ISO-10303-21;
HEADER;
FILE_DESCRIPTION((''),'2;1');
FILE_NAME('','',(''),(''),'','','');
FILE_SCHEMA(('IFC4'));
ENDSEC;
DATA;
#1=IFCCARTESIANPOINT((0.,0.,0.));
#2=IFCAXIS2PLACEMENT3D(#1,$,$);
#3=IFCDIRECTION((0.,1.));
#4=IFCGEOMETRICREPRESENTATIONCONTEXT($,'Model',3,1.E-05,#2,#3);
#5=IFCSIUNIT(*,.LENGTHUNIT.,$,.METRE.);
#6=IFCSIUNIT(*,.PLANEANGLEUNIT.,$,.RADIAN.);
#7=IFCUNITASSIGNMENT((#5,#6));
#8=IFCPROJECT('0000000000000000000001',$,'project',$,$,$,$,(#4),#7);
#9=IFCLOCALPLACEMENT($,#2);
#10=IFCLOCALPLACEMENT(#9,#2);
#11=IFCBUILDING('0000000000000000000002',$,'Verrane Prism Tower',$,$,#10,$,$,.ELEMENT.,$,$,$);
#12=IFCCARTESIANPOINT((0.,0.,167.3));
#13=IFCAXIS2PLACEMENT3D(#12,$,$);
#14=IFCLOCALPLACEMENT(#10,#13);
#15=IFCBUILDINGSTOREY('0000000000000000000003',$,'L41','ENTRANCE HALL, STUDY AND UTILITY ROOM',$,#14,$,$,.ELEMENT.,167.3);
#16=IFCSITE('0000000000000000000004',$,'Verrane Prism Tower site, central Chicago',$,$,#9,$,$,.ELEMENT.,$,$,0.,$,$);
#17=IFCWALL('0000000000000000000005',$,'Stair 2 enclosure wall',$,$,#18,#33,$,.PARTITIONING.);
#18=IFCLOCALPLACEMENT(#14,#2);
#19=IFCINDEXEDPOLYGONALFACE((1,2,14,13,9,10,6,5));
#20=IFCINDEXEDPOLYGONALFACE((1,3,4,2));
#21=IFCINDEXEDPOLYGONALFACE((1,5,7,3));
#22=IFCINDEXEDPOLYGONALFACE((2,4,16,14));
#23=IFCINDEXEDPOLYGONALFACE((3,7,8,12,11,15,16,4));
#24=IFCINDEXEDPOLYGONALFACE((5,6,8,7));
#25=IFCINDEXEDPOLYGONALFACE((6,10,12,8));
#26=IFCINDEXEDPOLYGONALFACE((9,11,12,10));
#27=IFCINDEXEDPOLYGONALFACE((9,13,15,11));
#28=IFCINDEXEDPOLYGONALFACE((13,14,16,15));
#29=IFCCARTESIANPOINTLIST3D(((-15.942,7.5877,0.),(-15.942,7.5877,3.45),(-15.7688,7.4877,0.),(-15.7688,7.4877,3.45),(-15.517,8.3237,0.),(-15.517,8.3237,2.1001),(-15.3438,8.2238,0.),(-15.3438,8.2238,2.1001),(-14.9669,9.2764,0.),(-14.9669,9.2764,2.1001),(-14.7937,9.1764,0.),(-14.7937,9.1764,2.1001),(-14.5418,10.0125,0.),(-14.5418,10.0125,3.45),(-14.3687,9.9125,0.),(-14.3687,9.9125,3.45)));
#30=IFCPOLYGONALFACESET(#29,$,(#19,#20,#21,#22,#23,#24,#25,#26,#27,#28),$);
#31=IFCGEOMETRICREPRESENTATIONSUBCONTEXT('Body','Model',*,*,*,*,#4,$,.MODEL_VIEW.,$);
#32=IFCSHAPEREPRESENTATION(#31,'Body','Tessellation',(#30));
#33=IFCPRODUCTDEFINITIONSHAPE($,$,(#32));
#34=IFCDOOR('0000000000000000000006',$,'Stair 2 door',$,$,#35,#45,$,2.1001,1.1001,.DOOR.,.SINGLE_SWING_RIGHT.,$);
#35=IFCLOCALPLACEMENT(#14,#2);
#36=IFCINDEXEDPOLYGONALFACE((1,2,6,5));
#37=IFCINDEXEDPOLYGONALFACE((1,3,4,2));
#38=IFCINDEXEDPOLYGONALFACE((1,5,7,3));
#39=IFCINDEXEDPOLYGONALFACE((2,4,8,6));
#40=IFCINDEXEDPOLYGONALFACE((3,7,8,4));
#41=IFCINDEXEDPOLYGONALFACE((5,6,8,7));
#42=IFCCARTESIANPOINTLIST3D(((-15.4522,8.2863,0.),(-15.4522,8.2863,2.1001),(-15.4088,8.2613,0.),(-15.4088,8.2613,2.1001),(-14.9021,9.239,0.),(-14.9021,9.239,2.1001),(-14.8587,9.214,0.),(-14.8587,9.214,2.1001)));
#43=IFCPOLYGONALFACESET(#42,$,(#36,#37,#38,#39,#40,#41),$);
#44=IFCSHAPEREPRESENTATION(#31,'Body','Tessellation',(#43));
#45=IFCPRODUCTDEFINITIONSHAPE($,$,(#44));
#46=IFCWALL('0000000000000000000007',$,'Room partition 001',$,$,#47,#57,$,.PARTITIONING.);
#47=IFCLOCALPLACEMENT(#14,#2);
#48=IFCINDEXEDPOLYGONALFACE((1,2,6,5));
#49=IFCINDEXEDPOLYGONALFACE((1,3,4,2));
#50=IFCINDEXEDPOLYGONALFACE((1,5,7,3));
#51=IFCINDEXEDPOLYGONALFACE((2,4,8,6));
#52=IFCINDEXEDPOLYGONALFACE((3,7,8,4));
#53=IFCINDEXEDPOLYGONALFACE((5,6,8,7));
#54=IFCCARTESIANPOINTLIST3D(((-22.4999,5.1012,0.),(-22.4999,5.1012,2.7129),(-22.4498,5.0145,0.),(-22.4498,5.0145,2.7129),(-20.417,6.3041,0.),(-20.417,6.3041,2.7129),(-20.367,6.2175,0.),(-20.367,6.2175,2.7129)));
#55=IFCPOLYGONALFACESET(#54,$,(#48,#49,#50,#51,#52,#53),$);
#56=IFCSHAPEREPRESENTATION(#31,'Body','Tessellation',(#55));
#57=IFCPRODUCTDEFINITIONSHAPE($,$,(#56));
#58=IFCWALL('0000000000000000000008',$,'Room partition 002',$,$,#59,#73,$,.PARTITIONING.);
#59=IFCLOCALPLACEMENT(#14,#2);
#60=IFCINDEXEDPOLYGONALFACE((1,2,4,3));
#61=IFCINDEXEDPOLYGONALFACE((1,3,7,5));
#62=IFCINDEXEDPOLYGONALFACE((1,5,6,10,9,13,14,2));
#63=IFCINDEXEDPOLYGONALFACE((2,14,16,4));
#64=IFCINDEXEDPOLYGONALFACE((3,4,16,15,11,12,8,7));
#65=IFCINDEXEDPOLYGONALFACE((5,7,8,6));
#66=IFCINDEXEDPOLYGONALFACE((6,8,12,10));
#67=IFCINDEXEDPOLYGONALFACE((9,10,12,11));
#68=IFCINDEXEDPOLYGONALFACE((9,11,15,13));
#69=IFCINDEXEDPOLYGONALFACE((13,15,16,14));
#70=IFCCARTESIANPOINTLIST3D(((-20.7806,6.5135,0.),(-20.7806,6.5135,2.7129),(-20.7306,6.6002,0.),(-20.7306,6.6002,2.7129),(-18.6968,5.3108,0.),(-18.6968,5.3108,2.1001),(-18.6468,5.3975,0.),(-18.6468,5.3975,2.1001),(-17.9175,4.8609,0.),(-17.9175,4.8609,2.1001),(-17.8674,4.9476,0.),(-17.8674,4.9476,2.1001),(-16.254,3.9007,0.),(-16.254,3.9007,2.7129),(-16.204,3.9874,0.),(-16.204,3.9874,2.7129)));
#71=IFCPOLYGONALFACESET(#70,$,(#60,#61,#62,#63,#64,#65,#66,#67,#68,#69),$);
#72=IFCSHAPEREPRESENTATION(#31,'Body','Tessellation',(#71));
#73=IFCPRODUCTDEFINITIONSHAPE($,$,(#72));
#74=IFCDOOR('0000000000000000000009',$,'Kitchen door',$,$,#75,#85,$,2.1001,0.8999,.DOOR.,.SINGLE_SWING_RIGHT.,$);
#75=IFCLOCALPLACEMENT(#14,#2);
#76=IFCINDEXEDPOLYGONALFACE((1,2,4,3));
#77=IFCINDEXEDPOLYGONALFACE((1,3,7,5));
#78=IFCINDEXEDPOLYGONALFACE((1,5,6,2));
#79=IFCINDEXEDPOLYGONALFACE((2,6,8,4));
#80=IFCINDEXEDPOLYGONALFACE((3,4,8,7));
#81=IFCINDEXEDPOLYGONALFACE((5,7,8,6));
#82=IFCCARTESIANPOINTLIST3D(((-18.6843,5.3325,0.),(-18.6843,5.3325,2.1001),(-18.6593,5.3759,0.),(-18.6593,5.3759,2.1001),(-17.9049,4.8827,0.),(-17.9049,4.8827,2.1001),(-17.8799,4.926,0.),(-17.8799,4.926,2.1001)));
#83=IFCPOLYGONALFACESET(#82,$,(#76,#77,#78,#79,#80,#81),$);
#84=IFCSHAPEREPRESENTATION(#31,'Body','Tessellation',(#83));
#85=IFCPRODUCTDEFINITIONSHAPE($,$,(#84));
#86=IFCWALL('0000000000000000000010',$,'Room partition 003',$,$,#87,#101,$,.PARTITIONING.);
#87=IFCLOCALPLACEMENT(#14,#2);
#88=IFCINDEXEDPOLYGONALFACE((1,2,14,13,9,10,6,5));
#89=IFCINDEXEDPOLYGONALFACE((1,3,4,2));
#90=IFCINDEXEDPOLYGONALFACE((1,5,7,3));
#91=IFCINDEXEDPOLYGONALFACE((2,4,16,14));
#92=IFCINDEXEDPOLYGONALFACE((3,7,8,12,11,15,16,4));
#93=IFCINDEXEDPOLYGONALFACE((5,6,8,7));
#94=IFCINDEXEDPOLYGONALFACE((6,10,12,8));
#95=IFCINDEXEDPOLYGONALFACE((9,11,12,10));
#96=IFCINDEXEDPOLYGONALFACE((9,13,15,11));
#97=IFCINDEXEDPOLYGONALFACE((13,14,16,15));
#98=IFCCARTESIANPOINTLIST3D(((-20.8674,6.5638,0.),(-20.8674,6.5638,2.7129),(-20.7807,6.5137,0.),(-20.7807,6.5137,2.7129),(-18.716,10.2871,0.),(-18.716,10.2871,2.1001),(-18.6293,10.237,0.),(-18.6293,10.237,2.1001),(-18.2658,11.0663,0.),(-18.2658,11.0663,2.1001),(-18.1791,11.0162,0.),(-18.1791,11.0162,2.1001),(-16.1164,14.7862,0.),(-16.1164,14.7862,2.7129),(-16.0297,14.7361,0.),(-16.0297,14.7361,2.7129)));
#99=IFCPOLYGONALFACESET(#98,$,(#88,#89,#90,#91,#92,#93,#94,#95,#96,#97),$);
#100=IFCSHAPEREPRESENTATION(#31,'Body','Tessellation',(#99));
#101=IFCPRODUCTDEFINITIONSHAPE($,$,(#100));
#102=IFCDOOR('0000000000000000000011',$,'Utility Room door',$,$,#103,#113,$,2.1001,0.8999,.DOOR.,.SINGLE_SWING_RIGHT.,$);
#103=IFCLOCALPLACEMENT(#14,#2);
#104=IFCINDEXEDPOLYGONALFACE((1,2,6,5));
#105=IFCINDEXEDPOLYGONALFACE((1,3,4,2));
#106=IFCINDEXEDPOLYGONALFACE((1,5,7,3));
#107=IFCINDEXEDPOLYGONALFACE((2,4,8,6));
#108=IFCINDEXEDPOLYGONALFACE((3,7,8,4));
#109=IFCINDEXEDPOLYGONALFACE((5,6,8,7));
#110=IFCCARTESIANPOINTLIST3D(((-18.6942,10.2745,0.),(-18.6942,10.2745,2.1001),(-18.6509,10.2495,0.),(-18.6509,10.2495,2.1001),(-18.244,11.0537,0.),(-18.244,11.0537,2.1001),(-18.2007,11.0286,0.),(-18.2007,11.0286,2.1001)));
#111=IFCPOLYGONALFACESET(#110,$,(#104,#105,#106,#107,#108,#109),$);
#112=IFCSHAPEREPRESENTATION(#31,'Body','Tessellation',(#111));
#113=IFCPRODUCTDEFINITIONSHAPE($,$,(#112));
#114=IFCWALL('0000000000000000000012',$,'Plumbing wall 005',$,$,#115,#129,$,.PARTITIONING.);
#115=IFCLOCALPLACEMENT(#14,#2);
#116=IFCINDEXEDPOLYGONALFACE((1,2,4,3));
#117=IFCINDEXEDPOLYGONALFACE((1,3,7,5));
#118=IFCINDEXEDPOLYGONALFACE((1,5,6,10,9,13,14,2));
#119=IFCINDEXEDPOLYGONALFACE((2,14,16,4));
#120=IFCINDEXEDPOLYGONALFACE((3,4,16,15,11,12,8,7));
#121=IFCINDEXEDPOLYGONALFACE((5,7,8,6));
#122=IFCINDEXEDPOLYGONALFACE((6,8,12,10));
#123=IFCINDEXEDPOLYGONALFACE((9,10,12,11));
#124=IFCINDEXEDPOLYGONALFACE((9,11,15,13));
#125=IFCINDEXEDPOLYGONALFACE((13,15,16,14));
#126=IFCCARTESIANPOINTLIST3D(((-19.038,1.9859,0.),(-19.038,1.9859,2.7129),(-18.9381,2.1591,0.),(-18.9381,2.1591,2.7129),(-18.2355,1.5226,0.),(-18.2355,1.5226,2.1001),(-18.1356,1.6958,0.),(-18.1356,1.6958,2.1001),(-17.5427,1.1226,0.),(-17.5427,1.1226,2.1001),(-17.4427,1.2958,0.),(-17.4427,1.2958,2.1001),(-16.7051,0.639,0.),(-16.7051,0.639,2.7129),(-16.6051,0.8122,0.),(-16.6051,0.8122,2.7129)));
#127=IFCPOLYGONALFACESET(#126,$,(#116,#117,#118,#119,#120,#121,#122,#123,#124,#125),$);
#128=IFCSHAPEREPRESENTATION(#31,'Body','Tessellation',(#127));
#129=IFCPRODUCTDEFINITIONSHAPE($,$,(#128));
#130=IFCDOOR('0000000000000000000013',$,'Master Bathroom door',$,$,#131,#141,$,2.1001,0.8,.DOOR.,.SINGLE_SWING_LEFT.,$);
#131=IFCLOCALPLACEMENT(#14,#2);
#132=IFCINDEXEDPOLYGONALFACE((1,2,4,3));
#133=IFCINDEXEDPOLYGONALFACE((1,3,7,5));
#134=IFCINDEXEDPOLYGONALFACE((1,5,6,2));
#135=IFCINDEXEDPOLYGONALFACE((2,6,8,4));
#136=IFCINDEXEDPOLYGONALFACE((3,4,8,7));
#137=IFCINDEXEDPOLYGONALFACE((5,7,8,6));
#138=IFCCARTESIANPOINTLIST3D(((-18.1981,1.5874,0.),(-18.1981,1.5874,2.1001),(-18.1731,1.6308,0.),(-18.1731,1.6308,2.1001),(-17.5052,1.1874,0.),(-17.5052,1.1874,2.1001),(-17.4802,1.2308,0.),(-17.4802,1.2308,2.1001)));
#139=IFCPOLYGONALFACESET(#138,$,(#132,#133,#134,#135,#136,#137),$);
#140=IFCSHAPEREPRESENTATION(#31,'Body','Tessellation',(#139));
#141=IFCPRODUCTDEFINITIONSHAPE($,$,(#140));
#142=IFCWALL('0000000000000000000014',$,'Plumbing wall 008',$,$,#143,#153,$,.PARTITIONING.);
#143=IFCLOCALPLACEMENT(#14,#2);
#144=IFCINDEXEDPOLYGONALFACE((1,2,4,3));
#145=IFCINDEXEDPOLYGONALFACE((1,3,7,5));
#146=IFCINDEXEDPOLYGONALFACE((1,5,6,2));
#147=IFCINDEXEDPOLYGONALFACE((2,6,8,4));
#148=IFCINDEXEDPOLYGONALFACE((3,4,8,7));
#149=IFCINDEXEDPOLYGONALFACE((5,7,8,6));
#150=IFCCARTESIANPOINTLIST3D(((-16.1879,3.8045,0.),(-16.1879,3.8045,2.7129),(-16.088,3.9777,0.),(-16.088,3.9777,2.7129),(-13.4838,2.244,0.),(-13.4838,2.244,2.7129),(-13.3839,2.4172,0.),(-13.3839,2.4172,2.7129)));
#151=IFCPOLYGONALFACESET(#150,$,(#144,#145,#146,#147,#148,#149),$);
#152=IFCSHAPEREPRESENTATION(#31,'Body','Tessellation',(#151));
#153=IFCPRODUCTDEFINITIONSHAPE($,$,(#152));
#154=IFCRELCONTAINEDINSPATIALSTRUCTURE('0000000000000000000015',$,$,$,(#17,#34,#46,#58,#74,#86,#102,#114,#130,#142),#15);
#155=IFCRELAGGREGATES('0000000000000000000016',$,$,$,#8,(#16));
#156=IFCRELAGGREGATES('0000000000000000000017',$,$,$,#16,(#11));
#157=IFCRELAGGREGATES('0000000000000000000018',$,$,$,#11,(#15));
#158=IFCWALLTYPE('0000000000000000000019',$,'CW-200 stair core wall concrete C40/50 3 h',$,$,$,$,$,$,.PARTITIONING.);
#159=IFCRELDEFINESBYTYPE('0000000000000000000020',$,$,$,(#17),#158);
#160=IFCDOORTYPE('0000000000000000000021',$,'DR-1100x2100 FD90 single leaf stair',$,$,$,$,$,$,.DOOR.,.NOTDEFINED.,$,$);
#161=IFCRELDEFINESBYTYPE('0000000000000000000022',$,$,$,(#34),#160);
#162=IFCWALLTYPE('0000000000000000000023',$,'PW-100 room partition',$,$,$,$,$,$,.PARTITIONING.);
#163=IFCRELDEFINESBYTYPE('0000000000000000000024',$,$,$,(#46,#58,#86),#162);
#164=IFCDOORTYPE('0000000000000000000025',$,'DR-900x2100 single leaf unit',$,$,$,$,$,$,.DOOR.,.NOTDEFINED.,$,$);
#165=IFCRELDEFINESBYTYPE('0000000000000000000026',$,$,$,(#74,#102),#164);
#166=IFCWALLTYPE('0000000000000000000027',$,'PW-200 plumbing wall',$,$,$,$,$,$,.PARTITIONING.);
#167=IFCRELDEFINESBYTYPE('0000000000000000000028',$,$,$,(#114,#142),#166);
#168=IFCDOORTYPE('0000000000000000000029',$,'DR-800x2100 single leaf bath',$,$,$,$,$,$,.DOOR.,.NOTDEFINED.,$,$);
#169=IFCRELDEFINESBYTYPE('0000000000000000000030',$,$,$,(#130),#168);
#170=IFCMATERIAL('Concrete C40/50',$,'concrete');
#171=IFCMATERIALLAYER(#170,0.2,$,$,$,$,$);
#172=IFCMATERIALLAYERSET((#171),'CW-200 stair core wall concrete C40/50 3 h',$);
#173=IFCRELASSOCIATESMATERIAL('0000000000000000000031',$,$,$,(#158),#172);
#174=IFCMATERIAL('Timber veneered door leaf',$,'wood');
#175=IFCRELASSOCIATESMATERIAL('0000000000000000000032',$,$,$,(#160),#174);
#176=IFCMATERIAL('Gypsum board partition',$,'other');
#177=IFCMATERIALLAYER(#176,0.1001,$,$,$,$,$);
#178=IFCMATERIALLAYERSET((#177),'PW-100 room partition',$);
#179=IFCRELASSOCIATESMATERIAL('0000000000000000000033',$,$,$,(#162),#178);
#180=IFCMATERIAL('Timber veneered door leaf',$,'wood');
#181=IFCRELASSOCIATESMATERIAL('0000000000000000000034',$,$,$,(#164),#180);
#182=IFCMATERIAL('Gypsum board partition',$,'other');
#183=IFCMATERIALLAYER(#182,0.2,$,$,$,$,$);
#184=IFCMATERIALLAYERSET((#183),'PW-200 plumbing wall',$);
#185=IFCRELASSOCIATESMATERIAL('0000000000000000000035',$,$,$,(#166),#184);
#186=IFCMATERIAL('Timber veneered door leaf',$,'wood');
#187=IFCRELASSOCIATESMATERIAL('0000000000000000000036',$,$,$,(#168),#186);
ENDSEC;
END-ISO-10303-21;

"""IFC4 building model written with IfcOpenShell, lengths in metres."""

from ifc_helpers import new_model, si_unit, direction, frame, frame_2d, origin, place, context, subcontext, project, spatial, rectangle, extrude, material, layer, layer_set, type_object, element, fill, save


model = new_model("IFC4")

# Units and contexts
model_context = context("Model", 3, precision=1e-05, world=origin(), true_north=direction((0.0, 1.0)))
body_context = subcontext(model_context, "Body", "Model", "MODEL_VIEW")
ifc_project = project(units=[si_unit("LENGTHUNIT", "METRE"), si_unit("PLANEANGLEUNIT", "RADIAN")], contexts=[model_context])

# Site, building, storey
site_placement = place(None, origin())
site = spatial("IfcSite", under=ifc_project, at=site_placement, Name="Verrane Prism Tower site, central Chicago", CompositionType="ELEMENT", RefElevation=0.0)
building_placement = place(site_placement, origin())
building = spatial("IfcBuilding", under=site, at=building_placement, Name="Verrane Prism Tower", CompositionType="ELEMENT")
storey_placement = place(building_placement, frame((0.0, 0.0, 167.3)))
storey = spatial("IfcBuildingStorey", under=building, at=storey_placement, Name="L41", Description="ENTRANCE HALL, STUDY AND UTILITY ROOM", CompositionType="ELEMENT", Elevation=167.3)

# Wall, opening, door
ifc_material_1 = material(Name="Concrete C40/50", Category="concrete")
ifc_layer_1 = layer(ifc_material_1, 0.2)
ifc_layer_set_1 = layer_set([ifc_layer_1], Name="CW-200 stair core wall concrete C40/50 3 h")
wall_type_1 = type_object("IfcWallType", Name="CW-200 stair core wall concrete C40/50 3 h", PredefinedType="PARTITIONING", material=ifc_layer_set_1)
wall_1_placement = place(storey_placement, frame((-14.4553, 9.9624, 0.0), z_axis=(0.0, 0.0, 1.0), x_axis=(-0.50005, -0.865997, 0.0)))
wall_1 = element("IfcWall", 1, at=wall_1_placement, inside=storey, type_object=wall_type_1, Name="Stair 2 enclosure wall", PredefinedType="PARTITIONING", context=body_context, shape_type="SweptSolid", body=[
    extrude(rectangle(XDim=2.8, YDim=0.2, at=frame_2d((1.3999, 0.0))), origin(), (0.0, 0.0, 1.0), 3.45),
])
opening_1_placement = place(wall_1_placement, frame((0.8499, 0.0, 0.0)))
opening_1 = element("IfcOpeningElement", 2, at=opening_1_placement, cuts=wall_1, PredefinedType="OPENING", context=body_context, shape_type="SweptSolid", body=[
    extrude(rectangle(XDim=1.1001, YDim=2.1001, at=frame_2d((0.55, 1.05))), frame((0.0, 0.1099, 0.0), z_axis=(0.0, -1.0, 0.0), x_axis=(1.0, 0.0, 0.0)), (0.0, 0.0, 1.0), 0.22),
])
ifc_material_2 = material(Name="Timber veneered door leaf", Category="wood")
door_type_1 = type_object("IfcDoorType", Name="DR-1100x2100 FD90 single leaf stair", OperationType="NOTDEFINED", PredefinedType="DOOR", material=ifc_material_2)
door_1_placement = place(opening_1_placement, origin())
door_1 = element("IfcDoor", 3, at=door_1_placement, inside=storey, type_object=door_type_1, Name="Stair 2 door", OperationType="SINGLE_SWING_RIGHT", OverallHeight=2.1001, OverallWidth=1.1001, PredefinedType="DOOR", context=body_context, shape_type="SweptSolid", body=[
    extrude(rectangle(XDim=1.1001, YDim=2.1001, at=frame_2d((0.55, 1.05))), frame((0.0, 0.0249, 0.0), z_axis=(0.0, -1.0, 0.0), x_axis=(1.0, 0.0, 0.0)), (0.0, 0.0, 1.0), 0.05),
])
fill(opening_1, door_1)

# Wall
ifc_material_3 = material(Name="Gypsum board partition", Category="other")
ifc_layer_2 = layer(ifc_material_3, 0.1001)
ifc_layer_set_2 = layer_set([ifc_layer_2], Name="PW-100 room partition")
wall_type_2 = type_object("IfcWallType", Name="PW-100 room partition", PredefinedType="PARTITIONING", material=ifc_layer_set_2)
wall_2_placement = place(storey_placement, frame((-22.4749, 5.0579, 0.0), z_axis=(0.0, 0.0, 1.0), x_axis=(0.865954, 0.500124, 0.0)))
element("IfcWall", 4, at=wall_2_placement, inside=storey, type_object=wall_type_2, Name="Room partition 001", PredefinedType="PARTITIONING", context=body_context, shape_type="SweptSolid", body=[
    extrude(rectangle(XDim=2.4053, YDim=0.1001, at=frame_2d((1.2026, 0.0))), origin(), (0.0, 0.0, 1.0), 2.7129),
])

# Walls, openings, doors
wall_3_placement = place(storey_placement, frame((-16.229, 3.9441, 0.0), z_axis=(0.0, 0.0, 1.0), x_axis=(-0.866079, 0.499907, 0.0)))
wall_3 = element("IfcWall", 5, at=wall_3_placement, inside=storey, type_object=wall_type_2, Name="Room partition 002", PredefinedType="PARTITIONING", context=body_context, shape_type="SweptSolid", body=[
    extrude(rectangle(XDim=5.2266, YDim=0.1001, at=frame_2d((2.6133, 0.0))), origin(), (0.0, 0.0, 1.0), 2.7129),
])
opening_2_placement = place(wall_3_placement, frame((1.9207, 0.0, 0.0)))
opening_2 = element("IfcOpeningElement", 6, at=opening_2_placement, cuts=wall_3, PredefinedType="OPENING", context=body_context, shape_type="SweptSolid", body=[
    extrude(rectangle(XDim=0.8999, YDim=2.1001, at=frame_2d((0.45, 1.05))), frame((0.0, 0.0601, 0.0), z_axis=(0.0, -1.0, 0.0), x_axis=(1.0, 0.0, 0.0)), (0.0, 0.0, 1.0), 0.1201),
])
ifc_material_4 = material(Name="Timber veneered door leaf", Category="wood")
door_type_2 = type_object("IfcDoorType", Name="DR-900x2100 single leaf unit", OperationType="NOTDEFINED", PredefinedType="DOOR", material=ifc_material_4)
door_2_placement = place(opening_2_placement, origin())
door_2 = element("IfcDoor", 7, at=door_2_placement, inside=storey, type_object=door_type_2, Name="Kitchen door", OperationType="SINGLE_SWING_RIGHT", OverallHeight=2.1001, OverallWidth=0.8999, PredefinedType="DOOR", context=body_context, shape_type="SweptSolid", body=[
    extrude(rectangle(XDim=0.8999, YDim=2.1001, at=frame_2d((0.45, 1.05))), frame((0.0, 0.0249, 0.0), z_axis=(0.0, -1.0, 0.0), x_axis=(1.0, 0.0, 0.0)), (0.0, 0.0, 1.0), 0.05),
])
fill(opening_2, door_2)
wall_4_placement = place(storey_placement, frame((-20.824, 6.5388, 0.0), z_axis=(0.0, 0.0, 1.0), x_axis=(0.500297, 0.865854, 0.0)))
wall_4 = element("IfcWall", 8, at=wall_4_placement, inside=storey, type_object=wall_type_2, Name="Room partition 003", PredefinedType="PARTITIONING", context=body_context, shape_type="SweptSolid", body=[
    extrude(rectangle(XDim=9.4963, YDim=0.1001, at=frame_2d((4.748, 0.0))), origin(), (0.0, 0.0, 1.0), 2.7129),
])
opening_3_placement = place(wall_4_placement, frame((4.3, 0.0, 0.0)))
opening_3 = element("IfcOpeningElement", 9, at=opening_3_placement, cuts=wall_4, PredefinedType="OPENING", context=body_context, shape_type="SweptSolid", body=[
    extrude(rectangle(XDim=0.8999, YDim=2.1001, at=frame_2d((0.45, 1.05))), frame((0.0, 0.0601, 0.0), z_axis=(0.0, -1.0, 0.0), x_axis=(1.0, 0.0, 0.0)), (0.0, 0.0, 1.0), 0.1201),
])
door_3_placement = place(opening_3_placement, origin())
door_3 = element("IfcDoor", 10, at=door_3_placement, inside=storey, type_object=door_type_2, Name="Utility Room door", OperationType="SINGLE_SWING_RIGHT", OverallHeight=2.1001, OverallWidth=0.8999, PredefinedType="DOOR", context=body_context, shape_type="SweptSolid", body=[
    extrude(rectangle(XDim=0.8999, YDim=2.1001, at=frame_2d((0.45, 1.05))), frame((0.0, 0.0249, 0.0), z_axis=(0.0, -1.0, 0.0), x_axis=(1.0, 0.0, 0.0)), (0.0, 0.0, 1.0), 0.05),
])
fill(opening_3, door_3)
ifc_material_5 = material(Name="Gypsum board partition", Category="other")
ifc_layer_3 = layer(ifc_material_5, 0.2)
ifc_layer_set_3 = layer_set([ifc_layer_3], Name="PW-200 plumbing wall")
wall_type_3 = type_object("IfcWallType", Name="PW-200 plumbing wall", PredefinedType="PARTITIONING", material=ifc_layer_set_3)
wall_5_placement = place(storey_placement, frame((-18.988, 2.0725, 0.0), z_axis=(0.0, 0.0, 1.0), x_axis=(0.866032, -0.499989, 0.0)))
wall_5 = element("IfcWall", 11, at=wall_5_placement, inside=storey, type_object=wall_type_3, Name="Plumbing wall 005", PredefinedType="PARTITIONING", context=body_context, shape_type="SweptSolid", body=[
    extrude(rectangle(XDim=2.6938, YDim=0.2, at=frame_2d((1.3469, 0.0))), origin(), (0.0, 0.0, 1.0), 2.7129),
])
opening_4_placement = place(wall_5_placement, frame((0.9268, 0.0, 0.0)))
opening_4 = element("IfcOpeningElement", 12, at=opening_4_placement, cuts=wall_5, PredefinedType="OPENING", context=body_context, shape_type="SweptSolid", body=[
    extrude(rectangle(XDim=0.8, YDim=2.1001, at=frame_2d((0.3999, 1.05))), frame((0.0, 0.1099, 0.0), z_axis=(0.0, -1.0, 0.0), x_axis=(1.0, 0.0, 0.0)), (0.0, 0.0, 1.0), 0.22),
])
ifc_material_6 = material(Name="Timber veneered door leaf", Category="wood")
door_type_3 = type_object("IfcDoorType", Name="DR-800x2100 single leaf bath", OperationType="NOTDEFINED", PredefinedType="DOOR", material=ifc_material_6)
door_4_placement = place(opening_4_placement, origin())
door_4 = element("IfcDoor", 13, at=door_4_placement, inside=storey, type_object=door_type_3, Name="Master Bathroom door", OperationType="SINGLE_SWING_LEFT", OverallHeight=2.1001, OverallWidth=0.8, PredefinedType="DOOR", context=body_context, shape_type="SweptSolid", body=[
    extrude(rectangle(XDim=0.8, YDim=2.1001, at=frame_2d((0.3999, 1.05))), frame((0.0, 0.0249, 0.0), z_axis=(0.0, -1.0, 0.0), x_axis=(1.0, 0.0, 0.0)), (0.0, 0.0, 1.0), 0.05),
])
fill(opening_4, door_4)

# Wall
wall_6_placement = place(storey_placement, frame((-16.1379, 3.8911, 0.0), z_axis=(0.0, 0.0, 1.0), x_axis=(0.866118, -0.49984, 0.0)))
element("IfcWall", 14, at=wall_6_placement, inside=storey, type_object=wall_type_3, Name="Plumbing wall 008", PredefinedType="PARTITIONING", context=body_context, shape_type="SweptSolid", body=[
    extrude(rectangle(XDim=3.1221, YDim=0.2, at=frame_2d((1.561, 0.0))), origin(), (0.0, 0.0, 1.0), 2.7129),
])

save(model, "model.ifc")
